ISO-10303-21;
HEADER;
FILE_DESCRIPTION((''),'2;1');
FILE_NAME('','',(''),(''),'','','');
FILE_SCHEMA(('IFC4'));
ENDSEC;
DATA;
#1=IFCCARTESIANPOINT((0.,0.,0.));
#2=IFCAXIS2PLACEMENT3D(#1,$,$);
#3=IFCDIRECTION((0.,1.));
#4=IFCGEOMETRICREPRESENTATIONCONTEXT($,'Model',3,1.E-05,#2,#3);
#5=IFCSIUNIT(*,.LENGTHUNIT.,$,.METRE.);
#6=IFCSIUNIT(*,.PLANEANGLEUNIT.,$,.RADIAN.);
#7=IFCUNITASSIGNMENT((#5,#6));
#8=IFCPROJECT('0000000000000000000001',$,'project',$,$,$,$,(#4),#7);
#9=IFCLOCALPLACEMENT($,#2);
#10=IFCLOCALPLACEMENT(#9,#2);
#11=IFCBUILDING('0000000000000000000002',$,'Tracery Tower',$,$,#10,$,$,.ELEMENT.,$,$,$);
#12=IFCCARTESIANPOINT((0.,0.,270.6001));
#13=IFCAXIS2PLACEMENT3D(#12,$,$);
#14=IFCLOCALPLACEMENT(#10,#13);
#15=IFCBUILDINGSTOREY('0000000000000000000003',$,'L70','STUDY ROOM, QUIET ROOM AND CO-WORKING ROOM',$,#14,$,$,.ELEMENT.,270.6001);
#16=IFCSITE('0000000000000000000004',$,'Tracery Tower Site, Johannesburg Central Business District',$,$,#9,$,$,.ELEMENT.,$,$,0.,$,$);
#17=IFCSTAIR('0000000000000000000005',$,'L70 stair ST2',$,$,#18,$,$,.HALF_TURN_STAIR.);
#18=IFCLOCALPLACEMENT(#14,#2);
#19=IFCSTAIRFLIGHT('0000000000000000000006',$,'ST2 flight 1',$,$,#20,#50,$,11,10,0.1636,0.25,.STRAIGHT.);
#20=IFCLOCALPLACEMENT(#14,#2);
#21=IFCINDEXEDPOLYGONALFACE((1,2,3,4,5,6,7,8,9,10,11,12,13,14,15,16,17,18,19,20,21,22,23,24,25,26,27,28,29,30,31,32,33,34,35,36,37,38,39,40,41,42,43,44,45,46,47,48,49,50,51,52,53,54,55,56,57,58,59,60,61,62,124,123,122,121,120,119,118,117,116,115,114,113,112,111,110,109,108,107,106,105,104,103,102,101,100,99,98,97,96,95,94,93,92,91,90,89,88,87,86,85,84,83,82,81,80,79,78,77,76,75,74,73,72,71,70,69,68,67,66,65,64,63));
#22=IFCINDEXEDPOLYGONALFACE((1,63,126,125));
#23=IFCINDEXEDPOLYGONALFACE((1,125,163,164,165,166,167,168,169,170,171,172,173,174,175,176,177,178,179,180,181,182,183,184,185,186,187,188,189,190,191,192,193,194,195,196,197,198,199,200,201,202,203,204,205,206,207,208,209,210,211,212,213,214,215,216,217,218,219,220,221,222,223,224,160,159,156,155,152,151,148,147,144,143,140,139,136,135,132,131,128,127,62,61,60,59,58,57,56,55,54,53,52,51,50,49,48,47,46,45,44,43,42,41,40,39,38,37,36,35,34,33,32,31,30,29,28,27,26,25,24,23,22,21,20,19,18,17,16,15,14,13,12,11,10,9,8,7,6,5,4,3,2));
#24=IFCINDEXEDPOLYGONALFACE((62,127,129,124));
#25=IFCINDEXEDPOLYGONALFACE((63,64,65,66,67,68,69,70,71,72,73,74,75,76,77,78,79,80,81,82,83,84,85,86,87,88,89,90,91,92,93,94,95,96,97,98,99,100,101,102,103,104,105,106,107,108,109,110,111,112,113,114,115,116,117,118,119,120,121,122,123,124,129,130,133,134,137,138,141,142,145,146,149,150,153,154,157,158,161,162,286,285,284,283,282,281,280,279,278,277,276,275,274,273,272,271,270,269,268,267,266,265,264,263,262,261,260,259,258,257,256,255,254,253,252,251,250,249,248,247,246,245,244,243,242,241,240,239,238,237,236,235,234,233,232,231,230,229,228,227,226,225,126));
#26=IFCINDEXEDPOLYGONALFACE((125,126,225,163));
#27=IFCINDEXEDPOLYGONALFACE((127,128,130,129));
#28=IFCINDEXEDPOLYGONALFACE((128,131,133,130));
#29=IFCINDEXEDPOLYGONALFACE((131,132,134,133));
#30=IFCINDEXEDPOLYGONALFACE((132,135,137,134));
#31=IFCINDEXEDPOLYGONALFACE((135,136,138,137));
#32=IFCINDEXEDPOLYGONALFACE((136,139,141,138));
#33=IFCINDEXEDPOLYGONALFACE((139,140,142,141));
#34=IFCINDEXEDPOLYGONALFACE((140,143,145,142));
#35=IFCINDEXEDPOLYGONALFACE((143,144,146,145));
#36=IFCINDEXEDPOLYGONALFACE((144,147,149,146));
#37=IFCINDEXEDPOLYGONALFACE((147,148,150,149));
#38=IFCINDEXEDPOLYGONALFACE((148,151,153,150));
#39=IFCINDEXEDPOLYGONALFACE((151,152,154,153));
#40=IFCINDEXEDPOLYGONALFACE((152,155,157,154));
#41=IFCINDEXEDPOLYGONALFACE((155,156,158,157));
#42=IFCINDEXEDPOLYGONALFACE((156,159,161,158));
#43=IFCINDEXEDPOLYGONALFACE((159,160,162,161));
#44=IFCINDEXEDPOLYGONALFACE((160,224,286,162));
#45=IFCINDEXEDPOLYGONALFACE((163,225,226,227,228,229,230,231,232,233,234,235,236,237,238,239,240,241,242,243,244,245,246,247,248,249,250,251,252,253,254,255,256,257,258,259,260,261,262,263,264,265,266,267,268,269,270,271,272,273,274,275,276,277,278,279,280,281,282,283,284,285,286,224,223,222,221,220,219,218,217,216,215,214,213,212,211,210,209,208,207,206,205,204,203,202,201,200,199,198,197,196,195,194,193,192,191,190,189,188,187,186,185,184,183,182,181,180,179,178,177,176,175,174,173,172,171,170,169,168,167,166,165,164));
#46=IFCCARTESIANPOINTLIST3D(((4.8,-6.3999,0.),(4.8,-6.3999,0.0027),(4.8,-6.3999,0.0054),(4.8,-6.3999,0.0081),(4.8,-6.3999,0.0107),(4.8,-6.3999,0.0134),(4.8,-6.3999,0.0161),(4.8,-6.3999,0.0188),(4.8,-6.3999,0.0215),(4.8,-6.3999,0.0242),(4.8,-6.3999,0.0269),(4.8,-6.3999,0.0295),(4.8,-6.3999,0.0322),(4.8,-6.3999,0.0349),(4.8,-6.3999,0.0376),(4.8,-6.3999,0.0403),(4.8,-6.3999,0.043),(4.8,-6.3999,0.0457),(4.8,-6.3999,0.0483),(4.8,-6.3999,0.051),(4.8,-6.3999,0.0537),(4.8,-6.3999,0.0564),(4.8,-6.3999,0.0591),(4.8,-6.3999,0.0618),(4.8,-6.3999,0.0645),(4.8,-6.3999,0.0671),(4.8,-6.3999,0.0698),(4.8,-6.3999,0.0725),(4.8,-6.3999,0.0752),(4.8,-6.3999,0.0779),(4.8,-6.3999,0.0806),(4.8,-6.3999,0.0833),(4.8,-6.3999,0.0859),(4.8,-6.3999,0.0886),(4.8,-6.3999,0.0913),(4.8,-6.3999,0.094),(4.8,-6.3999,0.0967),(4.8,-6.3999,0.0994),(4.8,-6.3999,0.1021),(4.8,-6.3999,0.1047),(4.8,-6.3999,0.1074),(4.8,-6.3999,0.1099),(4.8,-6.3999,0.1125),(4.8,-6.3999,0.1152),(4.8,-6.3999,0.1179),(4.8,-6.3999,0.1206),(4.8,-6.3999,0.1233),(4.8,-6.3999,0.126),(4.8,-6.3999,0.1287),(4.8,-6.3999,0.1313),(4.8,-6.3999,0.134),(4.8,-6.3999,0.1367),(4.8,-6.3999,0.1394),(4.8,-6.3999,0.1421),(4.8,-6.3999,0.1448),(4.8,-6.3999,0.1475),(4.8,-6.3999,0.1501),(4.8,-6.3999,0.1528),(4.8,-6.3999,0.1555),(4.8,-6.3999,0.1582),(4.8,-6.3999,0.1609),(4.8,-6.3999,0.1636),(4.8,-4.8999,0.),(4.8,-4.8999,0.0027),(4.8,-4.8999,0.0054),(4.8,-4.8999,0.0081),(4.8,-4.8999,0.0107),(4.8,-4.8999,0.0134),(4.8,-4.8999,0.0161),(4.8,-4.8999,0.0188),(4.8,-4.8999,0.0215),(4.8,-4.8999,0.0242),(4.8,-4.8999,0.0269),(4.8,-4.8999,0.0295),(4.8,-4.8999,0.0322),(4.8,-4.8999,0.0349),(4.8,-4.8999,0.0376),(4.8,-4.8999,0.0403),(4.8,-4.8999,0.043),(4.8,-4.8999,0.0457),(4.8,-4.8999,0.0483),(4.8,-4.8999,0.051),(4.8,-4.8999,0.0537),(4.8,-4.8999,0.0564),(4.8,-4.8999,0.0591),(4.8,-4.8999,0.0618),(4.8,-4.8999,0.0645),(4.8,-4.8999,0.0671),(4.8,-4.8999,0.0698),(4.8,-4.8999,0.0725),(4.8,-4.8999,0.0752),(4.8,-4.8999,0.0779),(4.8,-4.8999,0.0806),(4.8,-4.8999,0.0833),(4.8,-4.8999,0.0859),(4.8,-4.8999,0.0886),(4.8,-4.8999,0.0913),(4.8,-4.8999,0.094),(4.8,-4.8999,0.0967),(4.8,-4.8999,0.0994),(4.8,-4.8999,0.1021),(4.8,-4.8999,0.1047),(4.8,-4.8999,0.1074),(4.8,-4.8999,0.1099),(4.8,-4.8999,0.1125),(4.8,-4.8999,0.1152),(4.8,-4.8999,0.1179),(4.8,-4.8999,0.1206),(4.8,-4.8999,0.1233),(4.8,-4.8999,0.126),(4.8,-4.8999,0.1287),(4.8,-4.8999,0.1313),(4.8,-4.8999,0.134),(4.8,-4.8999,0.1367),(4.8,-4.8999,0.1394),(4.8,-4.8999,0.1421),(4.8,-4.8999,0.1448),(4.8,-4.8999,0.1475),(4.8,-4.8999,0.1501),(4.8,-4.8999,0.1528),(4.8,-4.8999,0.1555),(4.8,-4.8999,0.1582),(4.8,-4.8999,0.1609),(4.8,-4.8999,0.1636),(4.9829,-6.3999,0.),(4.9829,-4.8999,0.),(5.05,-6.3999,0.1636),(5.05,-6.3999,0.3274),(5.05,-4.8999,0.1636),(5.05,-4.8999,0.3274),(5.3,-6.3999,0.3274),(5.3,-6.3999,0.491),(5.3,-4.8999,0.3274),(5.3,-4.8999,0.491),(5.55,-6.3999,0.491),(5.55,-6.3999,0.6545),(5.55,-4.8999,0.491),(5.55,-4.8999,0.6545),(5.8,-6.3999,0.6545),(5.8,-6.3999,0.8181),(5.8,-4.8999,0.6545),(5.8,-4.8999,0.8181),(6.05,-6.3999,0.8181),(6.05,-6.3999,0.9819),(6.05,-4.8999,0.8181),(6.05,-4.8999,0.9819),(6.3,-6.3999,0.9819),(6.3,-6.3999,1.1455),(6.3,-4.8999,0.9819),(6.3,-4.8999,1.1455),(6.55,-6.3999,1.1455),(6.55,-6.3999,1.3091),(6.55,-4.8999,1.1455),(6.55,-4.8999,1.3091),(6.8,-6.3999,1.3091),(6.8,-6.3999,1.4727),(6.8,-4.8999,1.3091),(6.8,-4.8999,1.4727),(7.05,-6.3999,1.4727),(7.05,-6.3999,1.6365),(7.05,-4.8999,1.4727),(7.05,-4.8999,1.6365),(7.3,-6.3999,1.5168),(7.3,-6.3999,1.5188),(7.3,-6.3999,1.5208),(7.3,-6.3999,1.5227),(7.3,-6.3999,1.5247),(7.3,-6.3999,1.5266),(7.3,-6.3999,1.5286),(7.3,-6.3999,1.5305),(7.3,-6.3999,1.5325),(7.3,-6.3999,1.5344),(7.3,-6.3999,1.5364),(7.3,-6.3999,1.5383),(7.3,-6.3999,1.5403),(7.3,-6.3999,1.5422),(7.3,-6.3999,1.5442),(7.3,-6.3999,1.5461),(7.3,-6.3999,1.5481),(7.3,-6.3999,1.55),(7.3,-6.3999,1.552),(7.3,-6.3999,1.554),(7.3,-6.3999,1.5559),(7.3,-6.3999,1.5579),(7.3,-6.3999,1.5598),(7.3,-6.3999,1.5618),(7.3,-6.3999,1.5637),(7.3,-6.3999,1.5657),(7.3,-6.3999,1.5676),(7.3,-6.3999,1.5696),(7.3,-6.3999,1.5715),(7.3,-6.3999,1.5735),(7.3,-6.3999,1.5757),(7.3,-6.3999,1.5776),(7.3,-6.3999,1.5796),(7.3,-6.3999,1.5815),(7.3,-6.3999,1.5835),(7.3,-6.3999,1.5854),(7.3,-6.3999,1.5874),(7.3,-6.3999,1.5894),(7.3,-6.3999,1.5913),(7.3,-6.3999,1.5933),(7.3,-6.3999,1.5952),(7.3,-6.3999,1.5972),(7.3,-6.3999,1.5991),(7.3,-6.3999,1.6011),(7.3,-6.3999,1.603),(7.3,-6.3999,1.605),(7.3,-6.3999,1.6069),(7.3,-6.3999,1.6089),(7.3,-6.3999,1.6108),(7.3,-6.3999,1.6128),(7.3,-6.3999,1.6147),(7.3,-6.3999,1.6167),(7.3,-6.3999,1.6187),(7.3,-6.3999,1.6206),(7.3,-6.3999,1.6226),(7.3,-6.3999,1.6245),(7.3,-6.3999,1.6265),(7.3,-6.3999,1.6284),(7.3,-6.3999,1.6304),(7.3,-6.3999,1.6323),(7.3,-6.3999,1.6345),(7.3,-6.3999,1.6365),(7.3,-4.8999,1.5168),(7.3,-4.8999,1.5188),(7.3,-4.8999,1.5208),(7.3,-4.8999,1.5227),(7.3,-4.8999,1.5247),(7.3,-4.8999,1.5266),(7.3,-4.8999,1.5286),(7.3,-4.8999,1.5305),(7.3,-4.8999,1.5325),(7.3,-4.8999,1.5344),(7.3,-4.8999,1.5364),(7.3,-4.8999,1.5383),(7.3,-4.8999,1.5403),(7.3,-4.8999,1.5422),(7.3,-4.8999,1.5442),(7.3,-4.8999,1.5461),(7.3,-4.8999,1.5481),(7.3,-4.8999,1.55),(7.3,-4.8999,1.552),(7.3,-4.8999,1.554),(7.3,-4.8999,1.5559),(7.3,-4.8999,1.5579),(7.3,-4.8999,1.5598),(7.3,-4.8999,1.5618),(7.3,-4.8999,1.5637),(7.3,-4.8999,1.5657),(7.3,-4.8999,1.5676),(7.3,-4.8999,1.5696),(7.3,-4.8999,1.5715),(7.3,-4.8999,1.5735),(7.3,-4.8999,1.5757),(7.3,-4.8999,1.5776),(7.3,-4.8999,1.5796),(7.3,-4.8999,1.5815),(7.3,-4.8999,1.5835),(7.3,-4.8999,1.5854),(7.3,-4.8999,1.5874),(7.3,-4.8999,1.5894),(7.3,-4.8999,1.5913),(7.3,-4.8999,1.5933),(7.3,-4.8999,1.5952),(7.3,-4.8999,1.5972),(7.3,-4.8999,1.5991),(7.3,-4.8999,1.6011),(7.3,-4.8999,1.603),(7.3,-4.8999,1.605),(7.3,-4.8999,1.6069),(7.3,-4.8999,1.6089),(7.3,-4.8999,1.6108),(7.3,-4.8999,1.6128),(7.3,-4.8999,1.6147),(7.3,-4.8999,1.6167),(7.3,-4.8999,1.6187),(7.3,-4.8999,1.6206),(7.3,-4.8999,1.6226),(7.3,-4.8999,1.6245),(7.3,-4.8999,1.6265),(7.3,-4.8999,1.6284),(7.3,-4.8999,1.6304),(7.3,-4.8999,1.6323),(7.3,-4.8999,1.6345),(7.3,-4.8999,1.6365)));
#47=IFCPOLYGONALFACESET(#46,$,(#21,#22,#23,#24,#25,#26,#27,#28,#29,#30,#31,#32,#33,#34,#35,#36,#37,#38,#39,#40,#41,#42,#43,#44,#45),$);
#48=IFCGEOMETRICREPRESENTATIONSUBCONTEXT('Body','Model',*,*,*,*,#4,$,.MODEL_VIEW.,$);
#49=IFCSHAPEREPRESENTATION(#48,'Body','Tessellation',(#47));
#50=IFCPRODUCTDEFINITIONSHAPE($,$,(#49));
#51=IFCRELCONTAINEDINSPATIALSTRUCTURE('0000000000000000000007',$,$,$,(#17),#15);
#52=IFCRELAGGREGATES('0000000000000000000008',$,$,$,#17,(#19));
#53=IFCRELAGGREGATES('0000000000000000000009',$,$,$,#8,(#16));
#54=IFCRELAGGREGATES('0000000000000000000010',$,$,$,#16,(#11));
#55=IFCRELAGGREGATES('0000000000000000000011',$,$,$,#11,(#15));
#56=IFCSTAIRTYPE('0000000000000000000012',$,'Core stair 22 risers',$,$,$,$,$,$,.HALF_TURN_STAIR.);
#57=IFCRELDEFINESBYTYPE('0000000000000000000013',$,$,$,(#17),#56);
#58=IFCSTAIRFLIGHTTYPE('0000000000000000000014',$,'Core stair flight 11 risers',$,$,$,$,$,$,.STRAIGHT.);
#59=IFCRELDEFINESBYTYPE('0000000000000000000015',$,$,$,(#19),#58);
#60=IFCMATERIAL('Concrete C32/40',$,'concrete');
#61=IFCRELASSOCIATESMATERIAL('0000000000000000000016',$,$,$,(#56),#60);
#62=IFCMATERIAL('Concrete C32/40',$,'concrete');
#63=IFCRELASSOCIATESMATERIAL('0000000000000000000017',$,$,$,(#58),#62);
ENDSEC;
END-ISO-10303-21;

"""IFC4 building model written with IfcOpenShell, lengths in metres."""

from ifc_helpers import new_model, si_unit, direction, frame, origin, place, context, subcontext, project, spatial, polyline, outline, extrude, material, type_object, element, aggregate, save


model = new_model("IFC4")

# Units and contexts
model_context = context("Model", 3, precision=1e-05, world=origin(), true_north=direction((0.0, 1.0)))
body_context = subcontext(model_context, "Body", "Model", "MODEL_VIEW")
ifc_project = project(units=[si_unit("LENGTHUNIT", "METRE"), si_unit("PLANEANGLEUNIT", "RADIAN")], contexts=[model_context])

# Site, building, storey
site_placement = place(None, origin())
site = spatial("IfcSite", under=ifc_project, at=site_placement, Name="Tracery Tower Site, Johannesburg Central Business District", CompositionType="ELEMENT", RefElevation=0.0)
building_placement = place(site_placement, origin())
building = spatial("IfcBuilding", under=site, at=building_placement, Name="Tracery Tower", CompositionType="ELEMENT")
storey_placement = place(building_placement, frame((0.0, 0.0, 270.6001)))
storey = spatial("IfcBuildingStorey", under=building, at=storey_placement, Name="L70", Description="STUDY ROOM, QUIET ROOM AND CO-WORKING ROOM", CompositionType="ELEMENT", Elevation=270.6001)

# Stair, stair flight
ifc_material_1 = material(Name="Concrete C32/40", Category="concrete")
stair_type = type_object("IfcStairType", Name="Core stair 22 risers", PredefinedType="HALF_TURN_STAIR", material=ifc_material_1)
stair_placement = place(storey_placement, origin())
stair = element("IfcStair", 1, at=stair_placement, inside=storey, type_object=stair_type, Name="L70 stair ST2", PredefinedType="HALF_TURN_STAIR")
ifc_material_2 = material(Name="Concrete C32/40", Category="concrete")
stair_flight_type = type_object("IfcStairFlightType", Name="Core stair flight 11 risers", PredefinedType="STRAIGHT", material=ifc_material_2)
stair_flight_1_placement = place(storey_placement, frame((4.8, -5.6499, 0.0), z_axis=(0.0, 0.0, 1.0), x_axis=(1.0, 0.0, 0.0)))
stair_flight_1 = element("IfcStairFlight", 2, at=stair_flight_1_placement, type_object=stair_flight_type, Name="ST2 flight 1", NumberOfRisers=11, NumberOfTreads=10, PredefinedType="STRAIGHT", RiserHeight=0.1636, TreadLength=0.25, context=body_context, shape_type="SweptSolid", body=[
    extrude(outline(polyline([(0.0, 0.0), (0.0, 0.0027), (0.0, 0.0054), (0.0, 0.0081), (0.0, 0.0107), (0.0, 0.0134), (0.0, 0.0161), (0.0, 0.0188), (0.0, 0.0215), (0.0, 0.0242), (0.0, 0.0269), (0.0, 0.0295), (0.0, 0.0322), (0.0, 0.0349), (0.0, 0.0376), (0.0, 0.0403), (0.0, 0.043), (0.0, 0.0457), (0.0, 0.0483), (0.0, 0.051), (0.0, 0.0537), (0.0, 0.0564), (0.0, 0.0591), (0.0, 0.0618), (0.0, 0.0645), (0.0, 0.0671), (0.0, 0.0698), (0.0, 0.0725), (0.0, 0.0752), (0.0, 0.0779), (0.0, 0.0806), (0.0, 0.0833), (0.0, 0.0859), (0.0, 0.0886), (0.0, 0.0913), (0.0, 0.094), (0.0, 0.0967), (0.0, 0.0994), (0.0, 0.1021), (0.0, 0.1047), (0.0, 0.1074), (0.0, 0.1099), (0.0, 0.1125), (0.0, 0.1152), (0.0, 0.1179), (0.0, 0.1206), (0.0, 0.1233), (0.0, 0.126), (0.0, 0.1287), (0.0, 0.1313), (0.0, 0.134), (0.0, 0.1367), (0.0, 0.1394), (0.0, 0.1421), (0.0, 0.1448), (0.0, 0.1475), (0.0, 0.1501), (0.0, 0.1528), (0.0, 0.1555), (0.0, 0.1582), (0.0, 0.1609), (0.0, 0.1636), (0.25, 0.1636), (0.25, 0.3274), (0.5, 0.3274), (0.5, 0.491), (0.75, 0.491), (0.75, 0.6545), (1.0, 0.6545), (1.0, 0.8181), (1.25, 0.8181), (1.25, 0.9819), (1.5, 0.9819), (1.5, 1.1455), (1.75, 1.1455), (1.75, 1.3091), (2.0, 1.3091), (2.0, 1.4727), (2.25, 1.4727), (2.25, 1.6365), (2.5, 1.6365), (2.5, 1.6345), (2.5, 1.6323), (2.5, 1.6304), (2.5, 1.6284), (2.5, 1.6265), (2.5, 1.6245), (2.5, 1.6226), (2.5, 1.6206), (2.5, 1.6187), (2.5, 1.6167), (2.5, 1.6147), (2.5, 1.6128), (2.5, 1.6108), (2.5, 1.6089), (2.5, 1.6069), (2.5, 1.605), (2.5, 1.603), (2.5, 1.6011), (2.5, 1.5991), (2.5, 1.5972), (2.5, 1.5952), (2.5, 1.5933), (2.5, 1.5913), (2.5, 1.5894), (2.5, 1.5874), (2.5, 1.5854), (2.5, 1.5835), (2.5, 1.5815), (2.5, 1.5796), (2.5, 1.5776), (2.5, 1.5757), (2.5, 1.5735), (2.5, 1.5715), (2.5, 1.5696), (2.5, 1.5676), (2.5, 1.5657), (2.5, 1.5637), (2.5, 1.5618), (2.5, 1.5598), (2.5, 1.5579), (2.5, 1.5559), (2.5, 1.554), (2.5, 1.552), (2.5, 1.55), (2.5, 1.5481), (2.5, 1.5461), (2.5, 1.5442), (2.5, 1.5422), (2.5, 1.5403), (2.5, 1.5383), (2.5, 1.5364), (2.5, 1.5344), (2.5, 1.5325), (2.5, 1.5305), (2.5, 1.5286), (2.5, 1.5266), (2.5, 1.5247), (2.5, 1.5227), (2.5, 1.5208), (2.5, 1.5188), (2.5, 1.5168), (0.1829, 0.0), (0.0, 0.0)])), frame((0.0, 0.75, 0.0), z_axis=(0.0, -1.0, 0.0), x_axis=(1.0, 0.0, 0.0)), (0.0, 0.0, 1.0), 1.5),
])
aggregate(stair, [stair_flight_1])

save(model, "model.ifc")
